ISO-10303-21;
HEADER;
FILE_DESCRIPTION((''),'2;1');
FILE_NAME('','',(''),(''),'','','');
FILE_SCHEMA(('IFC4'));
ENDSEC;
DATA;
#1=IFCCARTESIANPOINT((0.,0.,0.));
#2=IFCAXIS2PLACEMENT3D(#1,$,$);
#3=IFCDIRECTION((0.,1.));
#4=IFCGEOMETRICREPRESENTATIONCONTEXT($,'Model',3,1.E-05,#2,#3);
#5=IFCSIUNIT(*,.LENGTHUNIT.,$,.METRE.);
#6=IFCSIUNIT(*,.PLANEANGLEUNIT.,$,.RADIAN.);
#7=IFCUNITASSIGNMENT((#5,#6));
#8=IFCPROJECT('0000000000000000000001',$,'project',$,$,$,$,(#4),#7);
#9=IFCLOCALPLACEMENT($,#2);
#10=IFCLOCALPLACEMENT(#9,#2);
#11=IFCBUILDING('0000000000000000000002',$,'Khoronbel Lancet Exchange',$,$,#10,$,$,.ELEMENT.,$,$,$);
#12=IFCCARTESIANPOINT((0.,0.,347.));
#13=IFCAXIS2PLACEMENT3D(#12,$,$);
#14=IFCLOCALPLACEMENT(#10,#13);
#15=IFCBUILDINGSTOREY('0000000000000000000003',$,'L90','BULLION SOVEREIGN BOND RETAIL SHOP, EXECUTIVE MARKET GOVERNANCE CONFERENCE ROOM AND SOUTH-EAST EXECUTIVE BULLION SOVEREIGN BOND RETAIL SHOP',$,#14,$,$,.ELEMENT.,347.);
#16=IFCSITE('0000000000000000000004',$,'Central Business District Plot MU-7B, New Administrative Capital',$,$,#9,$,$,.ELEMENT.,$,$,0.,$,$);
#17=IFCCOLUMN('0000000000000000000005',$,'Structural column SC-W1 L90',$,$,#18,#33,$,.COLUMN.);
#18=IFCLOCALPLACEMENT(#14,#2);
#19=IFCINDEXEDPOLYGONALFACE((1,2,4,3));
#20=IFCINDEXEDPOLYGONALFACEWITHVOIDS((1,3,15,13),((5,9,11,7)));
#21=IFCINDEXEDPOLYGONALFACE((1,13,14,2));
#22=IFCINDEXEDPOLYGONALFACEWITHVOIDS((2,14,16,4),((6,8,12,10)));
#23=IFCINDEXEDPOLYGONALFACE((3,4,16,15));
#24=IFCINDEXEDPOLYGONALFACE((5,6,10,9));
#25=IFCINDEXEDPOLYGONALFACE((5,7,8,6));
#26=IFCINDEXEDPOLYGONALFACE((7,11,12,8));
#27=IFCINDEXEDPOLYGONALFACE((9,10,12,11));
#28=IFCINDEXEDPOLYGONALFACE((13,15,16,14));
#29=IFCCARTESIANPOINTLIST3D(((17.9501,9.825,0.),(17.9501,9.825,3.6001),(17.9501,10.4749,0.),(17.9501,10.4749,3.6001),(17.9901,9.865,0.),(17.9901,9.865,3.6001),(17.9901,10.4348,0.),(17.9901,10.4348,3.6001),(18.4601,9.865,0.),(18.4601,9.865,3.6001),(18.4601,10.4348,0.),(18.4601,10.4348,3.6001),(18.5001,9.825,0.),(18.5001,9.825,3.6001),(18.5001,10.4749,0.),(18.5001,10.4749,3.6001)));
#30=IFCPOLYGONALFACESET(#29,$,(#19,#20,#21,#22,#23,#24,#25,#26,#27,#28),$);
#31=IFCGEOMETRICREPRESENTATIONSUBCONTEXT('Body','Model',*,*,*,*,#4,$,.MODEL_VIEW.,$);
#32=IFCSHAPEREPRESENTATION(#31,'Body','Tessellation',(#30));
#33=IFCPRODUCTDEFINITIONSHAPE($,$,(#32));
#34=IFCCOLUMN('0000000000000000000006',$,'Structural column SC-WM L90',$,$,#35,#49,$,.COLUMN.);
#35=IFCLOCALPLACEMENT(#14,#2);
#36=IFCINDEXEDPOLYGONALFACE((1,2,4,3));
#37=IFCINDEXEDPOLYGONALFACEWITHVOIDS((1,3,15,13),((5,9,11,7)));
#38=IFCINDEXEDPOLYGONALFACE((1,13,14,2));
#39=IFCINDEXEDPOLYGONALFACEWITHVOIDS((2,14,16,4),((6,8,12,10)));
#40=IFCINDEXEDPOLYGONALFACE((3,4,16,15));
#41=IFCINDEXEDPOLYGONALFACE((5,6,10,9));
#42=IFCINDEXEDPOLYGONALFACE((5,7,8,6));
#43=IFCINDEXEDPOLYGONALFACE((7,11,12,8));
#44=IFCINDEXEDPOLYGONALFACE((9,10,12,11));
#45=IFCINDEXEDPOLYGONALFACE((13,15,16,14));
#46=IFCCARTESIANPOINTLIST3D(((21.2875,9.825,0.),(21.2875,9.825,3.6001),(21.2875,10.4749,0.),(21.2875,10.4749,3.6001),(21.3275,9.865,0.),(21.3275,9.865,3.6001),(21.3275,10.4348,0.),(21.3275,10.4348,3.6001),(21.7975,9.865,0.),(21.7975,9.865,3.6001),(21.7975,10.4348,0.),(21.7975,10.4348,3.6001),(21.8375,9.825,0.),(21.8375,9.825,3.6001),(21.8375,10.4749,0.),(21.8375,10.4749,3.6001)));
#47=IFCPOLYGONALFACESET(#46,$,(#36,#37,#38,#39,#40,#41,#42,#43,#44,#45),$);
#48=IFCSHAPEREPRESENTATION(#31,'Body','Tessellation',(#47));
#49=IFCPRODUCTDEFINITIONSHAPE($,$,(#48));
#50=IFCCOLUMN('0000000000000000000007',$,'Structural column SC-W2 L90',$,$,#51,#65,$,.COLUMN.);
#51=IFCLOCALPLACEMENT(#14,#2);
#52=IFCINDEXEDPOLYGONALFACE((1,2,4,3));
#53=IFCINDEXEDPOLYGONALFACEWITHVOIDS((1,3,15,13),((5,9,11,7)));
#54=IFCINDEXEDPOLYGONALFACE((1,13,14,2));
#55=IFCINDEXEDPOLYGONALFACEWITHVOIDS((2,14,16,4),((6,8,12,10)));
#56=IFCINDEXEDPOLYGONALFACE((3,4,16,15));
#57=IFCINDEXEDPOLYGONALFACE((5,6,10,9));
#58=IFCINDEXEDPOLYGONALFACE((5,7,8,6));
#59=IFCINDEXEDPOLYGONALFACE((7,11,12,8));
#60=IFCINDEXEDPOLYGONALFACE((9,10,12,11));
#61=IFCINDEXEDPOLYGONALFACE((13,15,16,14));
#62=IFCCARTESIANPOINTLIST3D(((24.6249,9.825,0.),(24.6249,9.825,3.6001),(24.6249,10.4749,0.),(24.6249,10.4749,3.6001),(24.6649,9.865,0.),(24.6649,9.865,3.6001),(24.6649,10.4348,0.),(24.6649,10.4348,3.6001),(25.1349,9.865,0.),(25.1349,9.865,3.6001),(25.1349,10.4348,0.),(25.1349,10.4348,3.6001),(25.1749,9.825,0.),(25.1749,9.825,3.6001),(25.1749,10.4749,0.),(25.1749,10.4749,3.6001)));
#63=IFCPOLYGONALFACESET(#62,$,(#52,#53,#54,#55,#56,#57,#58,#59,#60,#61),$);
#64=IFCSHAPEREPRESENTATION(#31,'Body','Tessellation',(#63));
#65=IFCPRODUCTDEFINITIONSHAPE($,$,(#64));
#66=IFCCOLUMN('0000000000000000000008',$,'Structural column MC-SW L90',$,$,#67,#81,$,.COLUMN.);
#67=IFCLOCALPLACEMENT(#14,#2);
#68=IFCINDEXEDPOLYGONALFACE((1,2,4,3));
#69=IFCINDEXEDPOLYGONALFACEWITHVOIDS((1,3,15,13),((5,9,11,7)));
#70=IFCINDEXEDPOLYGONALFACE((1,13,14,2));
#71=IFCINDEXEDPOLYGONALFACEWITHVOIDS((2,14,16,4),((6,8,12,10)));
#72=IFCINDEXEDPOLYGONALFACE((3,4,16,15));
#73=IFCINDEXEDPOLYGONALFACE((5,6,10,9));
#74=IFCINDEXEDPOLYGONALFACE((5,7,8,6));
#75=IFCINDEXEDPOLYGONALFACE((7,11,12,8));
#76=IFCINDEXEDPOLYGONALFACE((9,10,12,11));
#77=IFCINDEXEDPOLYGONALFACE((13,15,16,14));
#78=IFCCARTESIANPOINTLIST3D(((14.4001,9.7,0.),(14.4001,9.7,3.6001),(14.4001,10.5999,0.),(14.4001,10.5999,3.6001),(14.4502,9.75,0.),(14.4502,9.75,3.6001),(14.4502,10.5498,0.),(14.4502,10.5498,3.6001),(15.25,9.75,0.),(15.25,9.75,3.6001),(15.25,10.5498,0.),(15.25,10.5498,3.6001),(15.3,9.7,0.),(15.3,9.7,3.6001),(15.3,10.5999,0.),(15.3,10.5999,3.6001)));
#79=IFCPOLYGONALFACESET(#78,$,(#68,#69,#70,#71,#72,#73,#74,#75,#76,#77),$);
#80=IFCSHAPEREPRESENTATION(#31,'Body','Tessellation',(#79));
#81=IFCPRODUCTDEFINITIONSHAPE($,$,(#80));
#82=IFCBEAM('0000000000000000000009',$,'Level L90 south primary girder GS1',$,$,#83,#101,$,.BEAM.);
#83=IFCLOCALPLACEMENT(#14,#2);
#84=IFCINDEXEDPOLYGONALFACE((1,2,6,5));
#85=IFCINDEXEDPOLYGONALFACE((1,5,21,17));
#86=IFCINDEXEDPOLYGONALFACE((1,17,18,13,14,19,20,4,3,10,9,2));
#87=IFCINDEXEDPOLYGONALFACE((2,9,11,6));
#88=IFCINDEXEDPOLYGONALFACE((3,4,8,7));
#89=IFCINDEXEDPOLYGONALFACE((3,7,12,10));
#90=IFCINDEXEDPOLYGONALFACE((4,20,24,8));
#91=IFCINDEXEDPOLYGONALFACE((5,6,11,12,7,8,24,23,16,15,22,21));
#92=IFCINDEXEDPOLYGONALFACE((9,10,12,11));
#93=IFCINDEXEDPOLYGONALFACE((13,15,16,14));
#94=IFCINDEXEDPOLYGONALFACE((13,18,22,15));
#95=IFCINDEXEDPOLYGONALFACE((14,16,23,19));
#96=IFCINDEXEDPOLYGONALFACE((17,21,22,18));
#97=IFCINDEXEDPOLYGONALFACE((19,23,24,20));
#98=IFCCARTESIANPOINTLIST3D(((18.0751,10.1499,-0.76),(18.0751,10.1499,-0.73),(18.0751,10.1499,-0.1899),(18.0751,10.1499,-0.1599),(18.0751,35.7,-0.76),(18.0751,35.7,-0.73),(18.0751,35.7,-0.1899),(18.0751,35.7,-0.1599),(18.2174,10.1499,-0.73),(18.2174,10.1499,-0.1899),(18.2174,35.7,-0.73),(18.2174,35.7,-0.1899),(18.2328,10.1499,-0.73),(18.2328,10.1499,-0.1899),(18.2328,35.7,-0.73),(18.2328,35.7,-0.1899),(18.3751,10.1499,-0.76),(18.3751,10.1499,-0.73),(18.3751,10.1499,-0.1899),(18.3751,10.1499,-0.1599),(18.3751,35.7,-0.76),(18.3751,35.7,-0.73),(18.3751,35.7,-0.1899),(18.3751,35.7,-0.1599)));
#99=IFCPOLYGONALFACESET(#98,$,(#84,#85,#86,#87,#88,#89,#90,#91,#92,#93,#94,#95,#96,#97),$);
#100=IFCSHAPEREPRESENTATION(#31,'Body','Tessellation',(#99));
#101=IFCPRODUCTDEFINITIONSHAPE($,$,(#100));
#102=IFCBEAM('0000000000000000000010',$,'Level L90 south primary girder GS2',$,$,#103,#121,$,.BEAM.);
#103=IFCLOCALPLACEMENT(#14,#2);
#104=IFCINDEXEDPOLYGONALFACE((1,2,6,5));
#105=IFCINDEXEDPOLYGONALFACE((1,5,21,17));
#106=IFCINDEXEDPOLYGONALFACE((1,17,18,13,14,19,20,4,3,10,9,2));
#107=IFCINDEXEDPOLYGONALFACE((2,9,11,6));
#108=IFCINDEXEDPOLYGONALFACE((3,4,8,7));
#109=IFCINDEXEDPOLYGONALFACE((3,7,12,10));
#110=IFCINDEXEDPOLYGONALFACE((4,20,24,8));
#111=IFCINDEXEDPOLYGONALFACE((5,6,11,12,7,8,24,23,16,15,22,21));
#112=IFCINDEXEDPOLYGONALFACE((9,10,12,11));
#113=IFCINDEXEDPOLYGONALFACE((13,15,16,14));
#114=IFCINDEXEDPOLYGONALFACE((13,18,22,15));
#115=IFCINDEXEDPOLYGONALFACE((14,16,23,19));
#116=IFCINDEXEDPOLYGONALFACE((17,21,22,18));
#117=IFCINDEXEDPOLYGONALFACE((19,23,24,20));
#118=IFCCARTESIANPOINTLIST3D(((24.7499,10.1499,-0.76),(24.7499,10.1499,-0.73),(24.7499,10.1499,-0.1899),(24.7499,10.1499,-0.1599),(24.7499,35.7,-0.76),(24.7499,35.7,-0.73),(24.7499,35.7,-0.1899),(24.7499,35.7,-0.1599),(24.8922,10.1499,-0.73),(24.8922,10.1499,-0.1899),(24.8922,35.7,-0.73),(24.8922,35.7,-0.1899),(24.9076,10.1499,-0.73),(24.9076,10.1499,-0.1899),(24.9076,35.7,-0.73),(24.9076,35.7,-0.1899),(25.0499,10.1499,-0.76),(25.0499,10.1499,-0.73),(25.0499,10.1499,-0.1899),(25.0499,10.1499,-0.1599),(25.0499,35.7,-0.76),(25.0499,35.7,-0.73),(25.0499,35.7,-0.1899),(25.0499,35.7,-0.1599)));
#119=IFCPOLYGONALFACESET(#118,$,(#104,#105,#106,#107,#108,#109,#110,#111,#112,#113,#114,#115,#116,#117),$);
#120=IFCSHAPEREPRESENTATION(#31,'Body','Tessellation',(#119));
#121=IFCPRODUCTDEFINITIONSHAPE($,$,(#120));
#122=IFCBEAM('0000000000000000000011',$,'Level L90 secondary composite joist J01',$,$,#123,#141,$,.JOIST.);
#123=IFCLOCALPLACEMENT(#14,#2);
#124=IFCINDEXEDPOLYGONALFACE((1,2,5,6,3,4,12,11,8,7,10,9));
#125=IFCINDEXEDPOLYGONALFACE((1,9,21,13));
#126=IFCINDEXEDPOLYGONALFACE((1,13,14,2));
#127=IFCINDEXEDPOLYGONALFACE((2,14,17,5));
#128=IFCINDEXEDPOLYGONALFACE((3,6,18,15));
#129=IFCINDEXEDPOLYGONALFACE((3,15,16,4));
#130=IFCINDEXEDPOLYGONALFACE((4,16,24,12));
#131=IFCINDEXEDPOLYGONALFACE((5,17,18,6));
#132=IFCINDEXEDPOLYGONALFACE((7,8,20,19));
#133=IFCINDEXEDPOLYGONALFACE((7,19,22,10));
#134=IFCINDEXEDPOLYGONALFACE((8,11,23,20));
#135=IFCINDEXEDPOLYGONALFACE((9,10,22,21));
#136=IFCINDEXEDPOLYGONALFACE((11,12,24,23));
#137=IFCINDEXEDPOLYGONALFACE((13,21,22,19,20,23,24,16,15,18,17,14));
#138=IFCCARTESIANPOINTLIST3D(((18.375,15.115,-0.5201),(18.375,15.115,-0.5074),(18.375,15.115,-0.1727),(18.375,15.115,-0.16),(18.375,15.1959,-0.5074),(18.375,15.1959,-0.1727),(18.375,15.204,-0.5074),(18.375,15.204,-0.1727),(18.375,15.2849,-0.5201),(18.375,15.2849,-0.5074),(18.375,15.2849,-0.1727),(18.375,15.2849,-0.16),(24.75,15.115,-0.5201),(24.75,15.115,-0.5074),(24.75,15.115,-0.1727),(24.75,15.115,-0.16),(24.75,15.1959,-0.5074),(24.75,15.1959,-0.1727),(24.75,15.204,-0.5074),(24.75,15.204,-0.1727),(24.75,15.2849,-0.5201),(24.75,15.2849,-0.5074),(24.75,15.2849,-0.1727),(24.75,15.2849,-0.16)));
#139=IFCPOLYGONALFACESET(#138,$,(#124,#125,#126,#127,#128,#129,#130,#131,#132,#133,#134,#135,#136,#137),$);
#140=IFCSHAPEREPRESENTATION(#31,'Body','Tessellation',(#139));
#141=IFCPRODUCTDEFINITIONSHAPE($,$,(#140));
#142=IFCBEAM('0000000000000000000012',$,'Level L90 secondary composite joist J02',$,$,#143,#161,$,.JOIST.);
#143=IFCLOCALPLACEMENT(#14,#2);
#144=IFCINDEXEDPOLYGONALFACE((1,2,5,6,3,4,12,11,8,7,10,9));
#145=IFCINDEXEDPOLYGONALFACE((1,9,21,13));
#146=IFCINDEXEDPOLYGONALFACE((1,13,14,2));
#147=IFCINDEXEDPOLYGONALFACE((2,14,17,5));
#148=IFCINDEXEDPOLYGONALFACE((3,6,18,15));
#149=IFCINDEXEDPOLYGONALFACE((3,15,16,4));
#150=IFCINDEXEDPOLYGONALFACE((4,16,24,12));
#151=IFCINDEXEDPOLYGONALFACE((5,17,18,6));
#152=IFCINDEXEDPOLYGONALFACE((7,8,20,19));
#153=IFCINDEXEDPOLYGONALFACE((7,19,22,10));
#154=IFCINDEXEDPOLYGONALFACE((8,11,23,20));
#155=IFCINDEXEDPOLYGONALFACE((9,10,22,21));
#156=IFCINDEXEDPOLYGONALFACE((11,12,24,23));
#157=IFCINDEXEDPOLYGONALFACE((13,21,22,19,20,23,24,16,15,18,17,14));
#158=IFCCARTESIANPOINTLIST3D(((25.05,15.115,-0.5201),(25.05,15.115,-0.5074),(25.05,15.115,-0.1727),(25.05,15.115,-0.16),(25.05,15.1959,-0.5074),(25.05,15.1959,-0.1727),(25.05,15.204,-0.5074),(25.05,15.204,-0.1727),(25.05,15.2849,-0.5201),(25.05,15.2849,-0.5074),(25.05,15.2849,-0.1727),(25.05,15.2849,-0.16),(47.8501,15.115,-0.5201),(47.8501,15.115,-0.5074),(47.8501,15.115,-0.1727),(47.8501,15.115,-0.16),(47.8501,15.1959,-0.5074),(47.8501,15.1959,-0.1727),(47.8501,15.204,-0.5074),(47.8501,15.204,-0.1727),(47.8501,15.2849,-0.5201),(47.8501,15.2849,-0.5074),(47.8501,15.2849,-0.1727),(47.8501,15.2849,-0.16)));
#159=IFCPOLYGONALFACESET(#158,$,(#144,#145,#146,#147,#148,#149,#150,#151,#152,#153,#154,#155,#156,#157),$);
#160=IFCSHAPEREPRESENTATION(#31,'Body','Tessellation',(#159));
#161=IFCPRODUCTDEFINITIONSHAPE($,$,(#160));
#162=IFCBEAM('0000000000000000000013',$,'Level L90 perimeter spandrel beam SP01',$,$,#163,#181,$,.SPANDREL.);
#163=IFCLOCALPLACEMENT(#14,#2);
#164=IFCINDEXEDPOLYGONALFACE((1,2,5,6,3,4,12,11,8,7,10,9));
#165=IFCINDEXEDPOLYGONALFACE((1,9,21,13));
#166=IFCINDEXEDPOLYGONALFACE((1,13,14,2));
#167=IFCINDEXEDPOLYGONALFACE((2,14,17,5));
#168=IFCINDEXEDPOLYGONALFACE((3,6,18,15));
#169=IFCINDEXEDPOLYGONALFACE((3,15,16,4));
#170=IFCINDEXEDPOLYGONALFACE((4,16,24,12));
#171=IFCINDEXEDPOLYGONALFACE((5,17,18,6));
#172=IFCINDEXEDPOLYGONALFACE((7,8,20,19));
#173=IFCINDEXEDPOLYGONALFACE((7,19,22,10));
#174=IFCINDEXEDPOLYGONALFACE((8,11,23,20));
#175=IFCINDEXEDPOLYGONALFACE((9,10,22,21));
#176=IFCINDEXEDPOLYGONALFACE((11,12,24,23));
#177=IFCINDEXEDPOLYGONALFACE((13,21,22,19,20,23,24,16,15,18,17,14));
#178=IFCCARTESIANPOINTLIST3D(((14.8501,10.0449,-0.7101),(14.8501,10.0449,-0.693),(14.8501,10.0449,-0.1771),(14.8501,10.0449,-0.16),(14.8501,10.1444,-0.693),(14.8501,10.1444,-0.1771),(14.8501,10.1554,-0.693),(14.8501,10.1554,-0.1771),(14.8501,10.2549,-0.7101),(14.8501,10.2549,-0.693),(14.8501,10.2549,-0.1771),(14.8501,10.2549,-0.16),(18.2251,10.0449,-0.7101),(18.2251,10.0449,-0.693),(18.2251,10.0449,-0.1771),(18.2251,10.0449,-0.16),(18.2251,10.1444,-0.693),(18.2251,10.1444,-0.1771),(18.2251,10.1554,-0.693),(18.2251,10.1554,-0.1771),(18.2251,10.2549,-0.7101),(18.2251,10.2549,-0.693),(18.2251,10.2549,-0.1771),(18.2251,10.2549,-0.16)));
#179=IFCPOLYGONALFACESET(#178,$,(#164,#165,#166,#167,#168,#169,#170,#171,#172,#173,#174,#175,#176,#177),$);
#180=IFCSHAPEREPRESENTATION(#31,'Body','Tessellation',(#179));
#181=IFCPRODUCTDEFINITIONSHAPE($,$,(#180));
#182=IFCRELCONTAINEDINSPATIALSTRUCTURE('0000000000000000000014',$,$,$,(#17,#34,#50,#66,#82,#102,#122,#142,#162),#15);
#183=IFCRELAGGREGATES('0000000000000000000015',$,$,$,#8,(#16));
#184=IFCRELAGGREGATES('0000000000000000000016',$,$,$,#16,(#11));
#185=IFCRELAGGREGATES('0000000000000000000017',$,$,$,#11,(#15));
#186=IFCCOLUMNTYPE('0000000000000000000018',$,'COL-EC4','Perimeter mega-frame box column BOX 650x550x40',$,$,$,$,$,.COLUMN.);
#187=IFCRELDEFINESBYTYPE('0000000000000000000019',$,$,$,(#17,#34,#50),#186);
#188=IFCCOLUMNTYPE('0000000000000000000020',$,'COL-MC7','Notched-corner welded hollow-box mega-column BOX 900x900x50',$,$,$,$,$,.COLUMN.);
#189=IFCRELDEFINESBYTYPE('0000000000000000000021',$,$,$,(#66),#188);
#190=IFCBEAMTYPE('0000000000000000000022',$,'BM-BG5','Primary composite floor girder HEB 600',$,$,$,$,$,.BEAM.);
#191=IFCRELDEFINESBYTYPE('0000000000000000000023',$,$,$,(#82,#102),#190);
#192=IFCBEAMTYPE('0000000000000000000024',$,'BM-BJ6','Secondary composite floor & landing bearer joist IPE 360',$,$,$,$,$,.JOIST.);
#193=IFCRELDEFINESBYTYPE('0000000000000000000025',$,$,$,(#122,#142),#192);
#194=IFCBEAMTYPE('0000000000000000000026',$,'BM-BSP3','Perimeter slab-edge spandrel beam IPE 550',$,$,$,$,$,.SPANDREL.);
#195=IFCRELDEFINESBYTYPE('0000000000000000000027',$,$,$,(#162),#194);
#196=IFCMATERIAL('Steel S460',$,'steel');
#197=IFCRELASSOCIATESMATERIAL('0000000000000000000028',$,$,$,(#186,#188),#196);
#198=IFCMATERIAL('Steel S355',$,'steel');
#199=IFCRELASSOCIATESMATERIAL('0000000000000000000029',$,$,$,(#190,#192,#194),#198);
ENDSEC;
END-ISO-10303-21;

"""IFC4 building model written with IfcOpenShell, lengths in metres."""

from ifc_helpers import new_model, si_unit, direction, frame, origin, origin_2d, place, context, subcontext, project, spatial, hollow_rectangle, i_section, extrude, material, material_profile, profile_set, type_object, element, save


model = new_model("IFC4")

# Units and contexts
model_context = context("Model", 3, precision=1e-05, world=origin(), true_north=direction((0.0, 1.0)))
body_context = subcontext(model_context, "Body", "Model", "MODEL_VIEW")
ifc_project = project(units=[si_unit("LENGTHUNIT", "METRE"), si_unit("PLANEANGLEUNIT", "RADIAN")], contexts=[model_context])

# Site, building, storey
site_placement = place(None, origin())
site = spatial("IfcSite", under=ifc_project, at=site_placement, Name="Central Business District Plot MU-7B, New Administrative Capital", CompositionType="ELEMENT", RefElevation=0.0)
building_placement = place(site_placement, origin())
building = spatial("IfcBuilding", under=site, at=building_placement, Name="Khoronbel Lancet Exchange", CompositionType="ELEMENT")
storey_placement = place(building_placement, frame((0.0, 0.0, 347.0)))
storey = spatial("IfcBuildingStorey", under=building, at=storey_placement, Name="L90", Description="BULLION SOVEREIGN BOND RETAIL SHOP, EXECUTIVE MARKET GOVERNANCE CONFERENCE ROOM AND SOUTH-EAST EXECUTIVE BULLION SOVEREIGN BOND RETAIL SHOP", CompositionType="ELEMENT", Elevation=347.0)

# Columns
ifc_material_1 = material(Name="Steel S460", Category="steel")
ifc_material_profile_1 = material_profile(ifc_material_1, hollow_rectangle(XDim=0.55, YDim=0.6499, WallThickness=0.04, at=origin_2d()), Name="BOX 650x550x40")
ifc_profile_set_1 = profile_set([ifc_material_profile_1], Name="Steel S460")
column_type_1 = type_object("IfcColumnType", Name="COL-EC4", Description="Perimeter mega-frame box column BOX 650x550x40", PredefinedType="COLUMN", material=ifc_profile_set_1)
for number, where, z_axis, x_axis, name in (
    (1, (18.2251, 10.1499, 0.0), (0.0, 0.0, 1.0), (1.0, 0.0, 0.0), "Structural column SC-W1 L90"),
    (2, (21.5625, 10.1499, 0.0), (0.0, 0.0, 1.0), (1.0, 0.0, 0.0), "Structural column SC-WM L90"),
    (3, (24.8999, 10.1499, 0.0), (0.0, 0.0, 1.0), (1.0, 0.0, 0.0), "Structural column SC-W2 L90"),
):
    element("IfcColumn", number, at=place(storey_placement, frame(where, z_axis=z_axis, x_axis=x_axis)), inside=storey, type_object=column_type_1, Name=name, PredefinedType="COLUMN", context=body_context, shape_type="SweptSolid", body=[
        extrude(hollow_rectangle(XDim=0.55, YDim=0.6499, WallThickness=0.04, at=origin_2d()), origin(), (0.0, 0.0, 1.0), 3.6001),
    ])
ifc_material_profile_2 = material_profile(ifc_material_1, hollow_rectangle(XDim=0.8999, YDim=0.8999, WallThickness=0.05, at=origin_2d()), Name="BOX 900x900x50")
ifc_profile_set_2 = profile_set([ifc_material_profile_2], Name="Steel S460")
column_type_2 = type_object("IfcColumnType", Name="COL-MC7", Description="Notched-corner welded hollow-box mega-column BOX 900x900x50", PredefinedType="COLUMN", material=ifc_profile_set_2)
column_placement = place(storey_placement, frame((14.8501, 10.1499, 0.0), z_axis=(0.0, 0.0, 1.0), x_axis=(1.0, 0.0, 0.0)))
element("IfcColumn", 4, at=column_placement, inside=storey, type_object=column_type_2, Name="Structural column MC-SW L90", PredefinedType="COLUMN", context=body_context, shape_type="SweptSolid", body=[
    extrude(hollow_rectangle(XDim=0.8999, YDim=0.8999, WallThickness=0.05, at=origin_2d()), origin(), (0.0, 0.0, 1.0), 3.6001),
])

# Beams
ifc_material_2 = material(Name="Steel S355", Category="steel")
ifc_material_profile_3 = material_profile(ifc_material_2, i_section(OverallWidth=0.3, OverallDepth=0.6001, WebThickness=0.0154, FlangeThickness=0.03, at=origin_2d()), Name="HEB 600")
ifc_profile_set_3 = profile_set([ifc_material_profile_3], Name="Steel S355")
beam_type_1 = type_object("IfcBeamType", Name="BM-BG5", Description="Primary composite floor girder HEB 600", PredefinedType="BEAM", material=ifc_profile_set_3)
for number, where, z_axis, x_axis, name in (
    (5, (18.2251, 10.1499, -0.46), (0.0, 1.0, 0.0), (-1.0, 0.0, 0.0), "Level L90 south primary girder GS1"),
    (6, (24.8999, 10.1499, -0.46), (0.0, 1.0, 0.0), (-1.0, 0.0, 0.0), "Level L90 south primary girder GS2"),
):
    element("IfcBeam", number, at=place(storey_placement, frame(where, z_axis=z_axis, x_axis=x_axis)), inside=storey, type_object=beam_type_1, Name=name, PredefinedType="BEAM", context=body_context, shape_type="SweptSolid", body=[
        extrude(i_section(OverallWidth=0.3, OverallDepth=0.6001, WebThickness=0.0154, FlangeThickness=0.03, at=origin_2d()), origin(), (0.0, 0.0, 1.0), 25.55),
    ])
ifc_material_profile_4 = material_profile(ifc_material_2, i_section(OverallWidth=0.1699, OverallDepth=0.3601, WebThickness=0.0081, FlangeThickness=0.0127, at=origin_2d()), Name="IPE 360")
ifc_profile_set_4 = profile_set([ifc_material_profile_4], Name="Steel S355")
beam_type_2 = type_object("IfcBeamType", Name="BM-BJ6", Description="Secondary composite floor & landing bearer joist IPE 360", PredefinedType="JOIST", material=ifc_profile_set_4)
beam_1_placement = place(storey_placement, frame((18.375, 15.2, -0.3401), z_axis=(1.0, 0.0, 0.0), x_axis=(0.0, 1.0, 0.0)))
element("IfcBeam", 7, at=beam_1_placement, inside=storey, type_object=beam_type_2, Name="Level L90 secondary composite joist J01", PredefinedType="JOIST", context=body_context, shape_type="SweptSolid", body=[
    extrude(i_section(OverallWidth=0.1699, OverallDepth=0.3601, WebThickness=0.0081, FlangeThickness=0.0127, at=origin_2d()), origin(), (0.0, 0.0, 1.0), 6.375),
])
beam_2_placement = place(storey_placement, frame((25.05, 15.2, -0.3401), z_axis=(1.0, 0.0, 0.0), x_axis=(0.0, 1.0, 0.0)))
element("IfcBeam", 8, at=beam_2_placement, inside=storey, type_object=beam_type_2, Name="Level L90 secondary composite joist J02", PredefinedType="JOIST", context=body_context, shape_type="SweptSolid", body=[
    extrude(i_section(OverallWidth=0.1699, OverallDepth=0.3601, WebThickness=0.0081, FlangeThickness=0.0127, at=origin_2d()), origin(), (0.0, 0.0, 1.0), 22.8),
])
ifc_material_profile_5 = material_profile(ifc_material_2, i_section(OverallWidth=0.21, OverallDepth=0.55, WebThickness=0.011, FlangeThickness=0.0171, at=origin_2d()), Name="IPE 550")
ifc_profile_set_5 = profile_set([ifc_material_profile_5], Name="Steel S355")
beam_type_3 = type_object("IfcBeamType", Name="BM-BSP3", Description="Perimeter slab-edge spandrel beam IPE 550", PredefinedType="SPANDREL", material=ifc_profile_set_5)
beam_3_placement = place(storey_placement, frame((14.8501, 10.1499, -0.4351), z_axis=(1.0, 0.0, 0.0), x_axis=(0.0, 1.0, 0.0)))
element("IfcBeam", 9, at=beam_3_placement, inside=storey, type_object=beam_type_3, Name="Level L90 perimeter spandrel beam SP01", PredefinedType="SPANDREL", context=body_context, shape_type="SweptSolid", body=[
    extrude(i_section(OverallWidth=0.21, OverallDepth=0.55, WebThickness=0.011, FlangeThickness=0.0171, at=origin_2d()), origin(), (0.0, 0.0, 1.0), 3.375),
])

save(model, "model.ifc")
